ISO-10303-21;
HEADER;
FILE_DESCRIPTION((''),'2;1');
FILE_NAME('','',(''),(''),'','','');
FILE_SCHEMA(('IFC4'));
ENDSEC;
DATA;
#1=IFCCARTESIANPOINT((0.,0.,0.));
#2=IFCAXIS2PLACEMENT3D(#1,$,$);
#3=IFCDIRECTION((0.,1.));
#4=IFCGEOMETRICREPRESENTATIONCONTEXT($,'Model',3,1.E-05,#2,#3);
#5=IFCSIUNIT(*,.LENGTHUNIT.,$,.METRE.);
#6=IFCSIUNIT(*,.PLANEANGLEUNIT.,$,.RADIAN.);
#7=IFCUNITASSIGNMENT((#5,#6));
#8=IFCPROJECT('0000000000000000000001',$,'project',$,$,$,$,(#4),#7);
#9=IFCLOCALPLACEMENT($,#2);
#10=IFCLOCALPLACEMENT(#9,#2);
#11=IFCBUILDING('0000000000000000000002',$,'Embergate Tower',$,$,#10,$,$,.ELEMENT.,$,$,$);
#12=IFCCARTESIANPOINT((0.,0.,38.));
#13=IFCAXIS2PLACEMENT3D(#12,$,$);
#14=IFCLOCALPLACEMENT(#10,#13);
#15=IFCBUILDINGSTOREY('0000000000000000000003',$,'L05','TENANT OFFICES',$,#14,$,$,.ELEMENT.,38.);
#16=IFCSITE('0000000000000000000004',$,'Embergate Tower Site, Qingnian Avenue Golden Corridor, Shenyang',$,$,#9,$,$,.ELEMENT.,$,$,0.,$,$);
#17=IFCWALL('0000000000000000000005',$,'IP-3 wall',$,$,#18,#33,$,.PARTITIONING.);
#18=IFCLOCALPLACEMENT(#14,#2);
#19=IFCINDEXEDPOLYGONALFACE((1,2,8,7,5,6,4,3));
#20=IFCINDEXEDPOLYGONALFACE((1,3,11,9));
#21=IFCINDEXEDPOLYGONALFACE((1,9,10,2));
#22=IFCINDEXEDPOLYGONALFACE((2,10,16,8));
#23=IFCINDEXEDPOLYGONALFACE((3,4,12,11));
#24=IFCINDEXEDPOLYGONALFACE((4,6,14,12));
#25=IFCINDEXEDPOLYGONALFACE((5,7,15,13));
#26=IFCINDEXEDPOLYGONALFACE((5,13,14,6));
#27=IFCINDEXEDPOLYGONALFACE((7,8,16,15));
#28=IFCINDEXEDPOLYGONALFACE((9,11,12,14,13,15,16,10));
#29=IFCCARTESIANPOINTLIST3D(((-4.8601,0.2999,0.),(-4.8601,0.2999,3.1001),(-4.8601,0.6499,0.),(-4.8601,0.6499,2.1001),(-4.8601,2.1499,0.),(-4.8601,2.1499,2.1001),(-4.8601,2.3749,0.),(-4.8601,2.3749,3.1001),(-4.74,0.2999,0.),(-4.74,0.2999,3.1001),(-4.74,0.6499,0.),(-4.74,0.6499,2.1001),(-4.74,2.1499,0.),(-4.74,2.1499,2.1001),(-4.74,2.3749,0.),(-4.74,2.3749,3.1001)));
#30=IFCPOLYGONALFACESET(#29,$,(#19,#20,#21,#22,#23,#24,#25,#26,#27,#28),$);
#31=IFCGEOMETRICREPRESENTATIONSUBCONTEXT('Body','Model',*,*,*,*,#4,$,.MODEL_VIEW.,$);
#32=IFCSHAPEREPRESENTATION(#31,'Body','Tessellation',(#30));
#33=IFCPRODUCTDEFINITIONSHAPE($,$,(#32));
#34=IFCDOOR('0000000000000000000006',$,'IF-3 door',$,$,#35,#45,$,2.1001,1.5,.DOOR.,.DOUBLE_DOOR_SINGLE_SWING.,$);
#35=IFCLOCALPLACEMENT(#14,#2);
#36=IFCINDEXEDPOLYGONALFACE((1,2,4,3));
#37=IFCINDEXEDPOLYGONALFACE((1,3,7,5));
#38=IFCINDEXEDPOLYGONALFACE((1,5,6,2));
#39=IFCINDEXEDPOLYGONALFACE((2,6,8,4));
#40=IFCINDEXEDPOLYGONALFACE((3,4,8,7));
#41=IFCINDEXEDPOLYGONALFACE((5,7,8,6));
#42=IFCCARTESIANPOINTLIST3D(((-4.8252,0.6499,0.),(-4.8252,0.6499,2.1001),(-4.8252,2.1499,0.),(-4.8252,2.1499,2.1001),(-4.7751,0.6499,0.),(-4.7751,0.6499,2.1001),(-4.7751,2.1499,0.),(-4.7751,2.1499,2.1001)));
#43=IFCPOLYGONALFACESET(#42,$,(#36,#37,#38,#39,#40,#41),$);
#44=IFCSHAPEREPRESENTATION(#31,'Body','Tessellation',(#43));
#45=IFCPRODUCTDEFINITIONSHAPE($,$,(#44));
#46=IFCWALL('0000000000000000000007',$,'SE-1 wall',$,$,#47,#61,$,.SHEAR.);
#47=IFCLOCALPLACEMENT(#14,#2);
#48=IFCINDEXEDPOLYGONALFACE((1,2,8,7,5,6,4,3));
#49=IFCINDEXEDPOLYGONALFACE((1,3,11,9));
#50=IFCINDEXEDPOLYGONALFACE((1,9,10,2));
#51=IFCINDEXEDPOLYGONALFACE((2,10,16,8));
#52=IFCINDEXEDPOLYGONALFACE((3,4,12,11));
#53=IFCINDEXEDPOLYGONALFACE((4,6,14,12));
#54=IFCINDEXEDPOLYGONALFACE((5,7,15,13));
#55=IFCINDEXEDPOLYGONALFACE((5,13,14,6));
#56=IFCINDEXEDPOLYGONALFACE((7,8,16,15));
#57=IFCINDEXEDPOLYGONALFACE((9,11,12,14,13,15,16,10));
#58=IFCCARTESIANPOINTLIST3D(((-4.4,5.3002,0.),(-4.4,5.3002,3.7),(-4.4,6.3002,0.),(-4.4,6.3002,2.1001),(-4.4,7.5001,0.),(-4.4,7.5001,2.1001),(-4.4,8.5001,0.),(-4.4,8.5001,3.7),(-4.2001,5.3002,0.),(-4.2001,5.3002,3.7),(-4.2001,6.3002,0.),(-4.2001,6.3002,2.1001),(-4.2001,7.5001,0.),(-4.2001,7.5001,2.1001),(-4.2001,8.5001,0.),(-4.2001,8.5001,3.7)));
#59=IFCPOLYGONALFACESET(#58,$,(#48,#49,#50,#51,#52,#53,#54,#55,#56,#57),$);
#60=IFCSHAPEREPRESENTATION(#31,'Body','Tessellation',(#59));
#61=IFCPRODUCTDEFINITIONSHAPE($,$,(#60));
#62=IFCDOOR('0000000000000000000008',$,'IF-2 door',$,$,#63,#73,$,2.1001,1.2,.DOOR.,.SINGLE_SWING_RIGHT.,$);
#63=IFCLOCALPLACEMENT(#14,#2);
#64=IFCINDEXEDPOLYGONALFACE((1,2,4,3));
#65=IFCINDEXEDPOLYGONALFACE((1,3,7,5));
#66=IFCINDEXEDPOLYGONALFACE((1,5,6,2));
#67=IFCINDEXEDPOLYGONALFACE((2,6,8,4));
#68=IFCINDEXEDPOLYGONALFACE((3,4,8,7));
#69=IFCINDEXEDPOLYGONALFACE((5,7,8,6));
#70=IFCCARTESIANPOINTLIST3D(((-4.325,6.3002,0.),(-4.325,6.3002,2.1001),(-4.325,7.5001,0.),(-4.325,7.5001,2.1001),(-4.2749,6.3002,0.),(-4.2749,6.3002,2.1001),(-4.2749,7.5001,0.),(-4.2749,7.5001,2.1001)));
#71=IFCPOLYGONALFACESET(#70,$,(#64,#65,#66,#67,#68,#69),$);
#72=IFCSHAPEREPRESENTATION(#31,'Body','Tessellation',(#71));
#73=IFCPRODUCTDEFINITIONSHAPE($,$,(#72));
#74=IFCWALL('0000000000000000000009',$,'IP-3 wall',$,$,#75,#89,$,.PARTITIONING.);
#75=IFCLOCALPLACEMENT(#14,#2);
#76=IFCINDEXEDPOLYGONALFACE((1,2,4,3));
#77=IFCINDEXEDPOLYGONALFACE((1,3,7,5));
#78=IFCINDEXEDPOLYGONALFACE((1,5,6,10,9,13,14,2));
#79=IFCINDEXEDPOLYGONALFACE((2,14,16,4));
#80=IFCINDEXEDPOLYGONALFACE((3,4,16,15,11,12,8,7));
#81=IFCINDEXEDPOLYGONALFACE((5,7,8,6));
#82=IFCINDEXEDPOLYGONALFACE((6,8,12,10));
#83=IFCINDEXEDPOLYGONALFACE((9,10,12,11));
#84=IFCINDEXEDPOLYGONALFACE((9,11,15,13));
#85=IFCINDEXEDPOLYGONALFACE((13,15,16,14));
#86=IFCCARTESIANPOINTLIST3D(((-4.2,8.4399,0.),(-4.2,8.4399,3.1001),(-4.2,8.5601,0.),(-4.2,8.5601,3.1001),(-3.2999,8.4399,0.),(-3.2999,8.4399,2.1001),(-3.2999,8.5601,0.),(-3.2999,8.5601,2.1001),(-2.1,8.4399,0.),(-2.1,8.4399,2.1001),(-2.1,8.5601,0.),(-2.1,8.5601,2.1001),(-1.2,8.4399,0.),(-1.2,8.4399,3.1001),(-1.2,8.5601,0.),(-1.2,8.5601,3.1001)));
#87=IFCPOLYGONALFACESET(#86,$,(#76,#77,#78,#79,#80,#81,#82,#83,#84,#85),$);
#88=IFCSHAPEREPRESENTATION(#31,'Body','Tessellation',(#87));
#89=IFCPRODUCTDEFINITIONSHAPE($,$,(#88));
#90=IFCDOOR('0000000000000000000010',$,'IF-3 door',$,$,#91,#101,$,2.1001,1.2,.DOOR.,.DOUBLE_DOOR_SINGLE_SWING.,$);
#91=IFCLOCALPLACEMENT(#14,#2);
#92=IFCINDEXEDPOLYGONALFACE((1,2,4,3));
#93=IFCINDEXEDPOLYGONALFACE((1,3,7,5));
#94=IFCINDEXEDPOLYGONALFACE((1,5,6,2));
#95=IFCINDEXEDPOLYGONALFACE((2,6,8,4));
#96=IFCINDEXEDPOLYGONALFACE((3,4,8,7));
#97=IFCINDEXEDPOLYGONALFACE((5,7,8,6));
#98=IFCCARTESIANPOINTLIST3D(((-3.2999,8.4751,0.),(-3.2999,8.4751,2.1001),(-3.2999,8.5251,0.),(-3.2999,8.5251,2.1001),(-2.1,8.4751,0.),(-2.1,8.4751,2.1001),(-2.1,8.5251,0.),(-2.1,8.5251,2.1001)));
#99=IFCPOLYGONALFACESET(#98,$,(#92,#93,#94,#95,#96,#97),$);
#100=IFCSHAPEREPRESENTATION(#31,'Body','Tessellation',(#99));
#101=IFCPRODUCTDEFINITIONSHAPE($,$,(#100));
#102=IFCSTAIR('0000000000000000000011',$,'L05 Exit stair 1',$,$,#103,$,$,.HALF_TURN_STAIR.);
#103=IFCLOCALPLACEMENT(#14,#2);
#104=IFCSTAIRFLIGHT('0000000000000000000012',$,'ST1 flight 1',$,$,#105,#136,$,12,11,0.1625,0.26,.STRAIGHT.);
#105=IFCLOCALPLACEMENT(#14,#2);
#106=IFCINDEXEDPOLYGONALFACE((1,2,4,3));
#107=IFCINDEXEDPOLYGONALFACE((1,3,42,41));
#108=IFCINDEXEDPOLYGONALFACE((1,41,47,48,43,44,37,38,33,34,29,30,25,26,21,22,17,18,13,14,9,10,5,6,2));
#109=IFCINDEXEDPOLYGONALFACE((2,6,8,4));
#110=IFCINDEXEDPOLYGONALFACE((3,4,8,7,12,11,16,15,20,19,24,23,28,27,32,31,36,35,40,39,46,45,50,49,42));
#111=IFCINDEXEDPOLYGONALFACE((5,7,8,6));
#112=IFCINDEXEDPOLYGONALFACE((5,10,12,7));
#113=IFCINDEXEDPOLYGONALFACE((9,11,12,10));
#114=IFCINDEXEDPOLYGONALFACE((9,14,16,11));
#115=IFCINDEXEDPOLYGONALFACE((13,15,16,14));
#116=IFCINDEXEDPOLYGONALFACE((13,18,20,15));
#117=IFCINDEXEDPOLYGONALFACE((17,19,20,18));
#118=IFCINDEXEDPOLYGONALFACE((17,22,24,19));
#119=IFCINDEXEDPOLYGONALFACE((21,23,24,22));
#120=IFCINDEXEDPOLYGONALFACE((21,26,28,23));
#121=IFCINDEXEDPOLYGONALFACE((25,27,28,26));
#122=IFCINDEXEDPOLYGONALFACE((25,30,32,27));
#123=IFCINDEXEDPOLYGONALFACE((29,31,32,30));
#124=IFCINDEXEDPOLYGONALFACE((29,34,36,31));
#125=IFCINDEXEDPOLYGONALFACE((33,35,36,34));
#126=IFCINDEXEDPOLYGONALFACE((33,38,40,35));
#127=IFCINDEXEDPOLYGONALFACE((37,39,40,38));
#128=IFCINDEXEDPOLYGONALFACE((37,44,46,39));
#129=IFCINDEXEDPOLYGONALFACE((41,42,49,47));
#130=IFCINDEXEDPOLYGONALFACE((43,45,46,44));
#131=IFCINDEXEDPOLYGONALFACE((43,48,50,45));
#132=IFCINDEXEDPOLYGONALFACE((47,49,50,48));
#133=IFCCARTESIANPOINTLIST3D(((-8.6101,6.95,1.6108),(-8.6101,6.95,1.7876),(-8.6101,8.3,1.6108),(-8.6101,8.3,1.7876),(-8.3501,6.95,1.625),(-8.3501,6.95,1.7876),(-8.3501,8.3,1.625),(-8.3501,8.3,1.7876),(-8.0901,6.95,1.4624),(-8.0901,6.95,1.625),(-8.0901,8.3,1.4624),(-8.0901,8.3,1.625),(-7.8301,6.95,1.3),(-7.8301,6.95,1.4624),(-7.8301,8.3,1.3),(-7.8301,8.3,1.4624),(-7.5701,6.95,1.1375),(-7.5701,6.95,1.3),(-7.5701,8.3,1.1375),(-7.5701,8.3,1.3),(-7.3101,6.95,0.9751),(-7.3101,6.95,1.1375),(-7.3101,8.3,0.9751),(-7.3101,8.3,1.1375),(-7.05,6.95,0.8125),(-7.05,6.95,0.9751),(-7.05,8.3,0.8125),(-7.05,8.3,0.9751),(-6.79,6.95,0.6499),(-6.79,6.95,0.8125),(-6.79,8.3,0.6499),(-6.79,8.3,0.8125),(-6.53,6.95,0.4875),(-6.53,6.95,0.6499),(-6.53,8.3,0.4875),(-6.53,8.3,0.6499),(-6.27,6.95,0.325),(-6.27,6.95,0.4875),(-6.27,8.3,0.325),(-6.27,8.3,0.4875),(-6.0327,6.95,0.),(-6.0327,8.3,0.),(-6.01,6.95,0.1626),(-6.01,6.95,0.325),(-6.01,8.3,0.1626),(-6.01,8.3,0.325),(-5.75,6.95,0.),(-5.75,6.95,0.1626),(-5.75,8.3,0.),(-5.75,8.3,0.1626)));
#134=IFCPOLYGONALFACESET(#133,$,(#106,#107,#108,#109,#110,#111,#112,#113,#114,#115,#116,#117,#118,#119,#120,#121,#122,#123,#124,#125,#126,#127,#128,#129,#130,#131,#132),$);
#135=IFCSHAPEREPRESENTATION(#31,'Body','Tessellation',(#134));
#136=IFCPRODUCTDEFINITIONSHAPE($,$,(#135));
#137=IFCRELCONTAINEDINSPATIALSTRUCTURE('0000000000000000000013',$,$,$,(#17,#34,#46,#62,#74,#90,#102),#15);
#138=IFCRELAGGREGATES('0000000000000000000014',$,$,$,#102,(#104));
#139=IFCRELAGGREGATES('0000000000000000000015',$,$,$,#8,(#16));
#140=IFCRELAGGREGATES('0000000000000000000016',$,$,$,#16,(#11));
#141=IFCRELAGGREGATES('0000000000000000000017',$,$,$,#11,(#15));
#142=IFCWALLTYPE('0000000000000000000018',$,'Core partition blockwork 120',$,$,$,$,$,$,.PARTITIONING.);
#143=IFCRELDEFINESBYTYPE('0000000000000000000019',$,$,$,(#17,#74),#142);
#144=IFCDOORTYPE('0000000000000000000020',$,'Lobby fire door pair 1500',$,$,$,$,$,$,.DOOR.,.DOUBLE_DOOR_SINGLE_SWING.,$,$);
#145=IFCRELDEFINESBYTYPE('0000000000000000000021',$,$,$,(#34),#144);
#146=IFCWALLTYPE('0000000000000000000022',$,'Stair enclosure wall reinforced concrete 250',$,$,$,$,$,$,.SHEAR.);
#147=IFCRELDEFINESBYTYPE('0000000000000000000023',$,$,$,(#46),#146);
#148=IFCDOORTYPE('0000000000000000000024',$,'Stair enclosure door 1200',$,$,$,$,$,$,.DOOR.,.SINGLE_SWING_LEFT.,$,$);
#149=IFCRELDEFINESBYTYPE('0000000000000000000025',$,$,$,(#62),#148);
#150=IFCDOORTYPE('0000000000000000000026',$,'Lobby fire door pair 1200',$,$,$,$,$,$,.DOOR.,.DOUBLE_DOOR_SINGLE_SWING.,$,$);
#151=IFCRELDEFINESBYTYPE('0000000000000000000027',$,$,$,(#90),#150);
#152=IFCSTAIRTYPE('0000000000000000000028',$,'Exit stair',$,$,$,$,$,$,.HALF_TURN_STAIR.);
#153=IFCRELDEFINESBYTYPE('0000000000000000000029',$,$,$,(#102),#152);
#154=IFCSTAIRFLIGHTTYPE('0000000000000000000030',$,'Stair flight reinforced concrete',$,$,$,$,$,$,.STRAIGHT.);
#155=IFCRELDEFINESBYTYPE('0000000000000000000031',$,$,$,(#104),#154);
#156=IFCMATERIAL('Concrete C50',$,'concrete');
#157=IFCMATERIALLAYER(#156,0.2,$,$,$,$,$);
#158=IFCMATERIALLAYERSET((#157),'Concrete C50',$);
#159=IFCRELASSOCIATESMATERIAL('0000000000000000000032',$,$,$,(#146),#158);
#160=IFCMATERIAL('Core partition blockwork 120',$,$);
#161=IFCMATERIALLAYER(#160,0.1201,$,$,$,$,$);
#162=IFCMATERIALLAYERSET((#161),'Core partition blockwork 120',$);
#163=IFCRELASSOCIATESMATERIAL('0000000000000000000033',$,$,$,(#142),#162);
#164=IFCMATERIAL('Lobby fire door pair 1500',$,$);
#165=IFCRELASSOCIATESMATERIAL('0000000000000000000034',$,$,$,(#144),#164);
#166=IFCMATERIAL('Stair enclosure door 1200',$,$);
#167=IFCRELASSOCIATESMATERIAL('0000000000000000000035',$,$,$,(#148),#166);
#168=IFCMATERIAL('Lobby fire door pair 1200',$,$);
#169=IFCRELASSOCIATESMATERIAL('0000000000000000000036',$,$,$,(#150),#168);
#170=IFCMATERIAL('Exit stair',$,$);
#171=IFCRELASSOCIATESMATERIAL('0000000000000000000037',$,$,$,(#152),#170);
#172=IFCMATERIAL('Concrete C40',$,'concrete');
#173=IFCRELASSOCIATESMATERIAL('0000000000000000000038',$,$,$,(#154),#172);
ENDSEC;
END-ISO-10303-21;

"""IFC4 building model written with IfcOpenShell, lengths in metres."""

from ifc_helpers import new_model, si_unit, direction, frame, frame_2d, origin, place, context, subcontext, project, spatial, polyline, rectangle, outline, extrude, source, transform, mapped, material, layer, layer_set, type_object, element, fill, aggregate, save


model = new_model("IFC4")

# Units and contexts
model_context = context("Model", 3, precision=1e-05, world=origin(), true_north=direction((0.0, 1.0)))
body_context = subcontext(model_context, "Body", "Model", "MODEL_VIEW")
ifc_project = project(units=[si_unit("LENGTHUNIT", "METRE"), si_unit("PLANEANGLEUNIT", "RADIAN")], contexts=[model_context])

# Site, building, storey
site_placement = place(None, origin())
site = spatial("IfcSite", under=ifc_project, at=site_placement, Name="Embergate Tower Site, Qingnian Avenue Golden Corridor, Shenyang", CompositionType="ELEMENT", RefElevation=0.0)
building_placement = place(site_placement, origin())
building = spatial("IfcBuilding", under=site, at=building_placement, Name="Embergate Tower", CompositionType="ELEMENT")
storey_placement = place(building_placement, frame((0.0, 0.0, 38.0)))
storey = spatial("IfcBuildingStorey", under=building, at=storey_placement, Name="L05", Description="TENANT OFFICES", CompositionType="ELEMENT", Elevation=38.0)

# Shared definitions
ifc_material_1 = material(Name="Concrete C50", Category="concrete")
ifc_layer_1 = layer(ifc_material_1, 0.2)
ifc_layer_set_1 = layer_set([ifc_layer_1], Name="Concrete C50")
wall_type_1 = type_object("IfcWallType", Name="Stair enclosure wall reinforced concrete 250", PredefinedType="SHEAR", material=ifc_layer_set_1)
ifc_material_2 = material(Name="Core partition blockwork 120")
ifc_layer_2 = layer(ifc_material_2, 0.1201)
ifc_layer_set_2 = layer_set([ifc_layer_2], Name="Core partition blockwork 120")
wall_type_2 = type_object("IfcWallType", Name="Core partition blockwork 120", PredefinedType="PARTITIONING", material=ifc_layer_set_2)

# Walls, openings, doors
shared_shape_1 = source(origin(), body_context, "Body", "SweptSolid", [
    extrude(rectangle(XDim=2.075, YDim=0.1201, at=frame_2d((1.0376, 0.0))), origin(), (0.0, 0.0, 1.0), 3.1001),
])
wall_1_placement = place(storey_placement, frame((-4.8, 2.375, 0.0), z_axis=(0.0, 0.0, 1.0), x_axis=(0.0, -1.0, 0.0)))
wall_1 = element("IfcWall", 1, at=wall_1_placement, inside=storey, type_object=wall_type_2, Name="IP-3 wall", PredefinedType="PARTITIONING", context=body_context, shape_type="MappedRepresentation", body=[
    mapped(shared_shape_1, transform((0.0, 0.0, 0.0))),
])
shared_shape_2 = source(origin(), body_context, "Body", "SweptSolid", [
    extrude(rectangle(XDim=1.5, YDim=2.1001, at=frame_2d((0.75, 1.05))), frame((0.0, 0.0701, 0.0), z_axis=(0.0, -1.0, 0.0), x_axis=(1.0, 0.0, 0.0)), (0.0, 0.0, 1.0), 0.1401),
])
opening_1_placement = place(wall_1_placement, frame((0.2251, 0.0, 0.0)))
opening_1 = element("IfcOpeningElement", 2, at=opening_1_placement, cuts=wall_1, PredefinedType="OPENING", context=body_context, shape_type="MappedRepresentation", body=[
    mapped(shared_shape_2, transform((0.0, 0.0, 0.0))),
])
ifc_material_3 = material(Name="Lobby fire door pair 1500")
door_type_1 = type_object("IfcDoorType", Name="Lobby fire door pair 1500", OperationType="DOUBLE_DOOR_SINGLE_SWING", PredefinedType="DOOR", material=ifc_material_3)
shared_shape_3 = source(origin(), body_context, "Body", "SweptSolid", [
    extrude(rectangle(XDim=1.5, YDim=2.1001, at=frame_2d((0.75, 1.05))), frame((0.0, 0.0249, 0.0), z_axis=(0.0, -1.0, 0.0), x_axis=(1.0, 0.0, 0.0)), (0.0, 0.0, 1.0), 0.05),
])
door_1_placement = place(opening_1_placement, origin())
door_1 = element("IfcDoor", 3, at=door_1_placement, inside=storey, type_object=door_type_1, Name="IF-3 door", OperationType="DOUBLE_DOOR_SINGLE_SWING", OverallHeight=2.1001, OverallWidth=1.5, PredefinedType="DOOR", context=body_context, shape_type="MappedRepresentation", body=[
    mapped(shared_shape_3, transform((0.0, 0.0, 0.0))),
])
fill(opening_1, door_1)
shared_shape_4 = source(origin(), body_context, "Body", "SweptSolid", [
    extrude(rectangle(XDim=3.2, YDim=0.2, at=frame_2d((1.6001, 0.0))), origin(), (0.0, 0.0, 1.0), 3.7),
])
wall_2_placement = place(storey_placement, frame((-4.3, 5.3, 0.0), z_axis=(0.0, 0.0, 1.0), x_axis=(0.0, 1.0, 0.0)))
wall_2 = element("IfcWall", 4, at=wall_2_placement, inside=storey, type_object=wall_type_1, Name="SE-1 wall", PredefinedType="SHEAR", context=body_context, shape_type="MappedRepresentation", body=[
    mapped(shared_shape_4, transform((0.0, 0.0, 0.0))),
])
shared_shape_5 = source(origin(), body_context, "Body", "SweptSolid", [
    extrude(rectangle(XDim=1.2, YDim=2.1001, at=frame_2d((0.6001, 1.05))), frame((0.0, 0.1099, 0.0), z_axis=(0.0, -1.0, 0.0), x_axis=(1.0, 0.0, 0.0)), (0.0, 0.0, 1.0), 0.22),
])
opening_2_placement = place(wall_2_placement, frame((1.0, 0.0, 0.0)))
opening_2 = element("IfcOpeningElement", 5, at=opening_2_placement, cuts=wall_2, PredefinedType="OPENING", context=body_context, shape_type="MappedRepresentation", body=[
    mapped(shared_shape_5, transform((0.0, 0.0, 0.0))),
])
ifc_material_4 = material(Name="Stair enclosure door 1200")
door_type_2 = type_object("IfcDoorType", Name="Stair enclosure door 1200", OperationType="SINGLE_SWING_LEFT", PredefinedType="DOOR", material=ifc_material_4)
shared_shape_6 = source(origin(), body_context, "Body", "SweptSolid", [
    extrude(rectangle(XDim=1.2, YDim=2.1001, at=frame_2d((0.6001, 1.05))), frame((0.0, 0.0249, 0.0), z_axis=(0.0, -1.0, 0.0), x_axis=(1.0, 0.0, 0.0)), (0.0, 0.0, 1.0), 0.05),
])
door_2_placement = place(opening_2_placement, origin())
door_2 = element("IfcDoor", 6, at=door_2_placement, inside=storey, type_object=door_type_2, Name="IF-2 door", OperationType="SINGLE_SWING_RIGHT", OverallHeight=2.1001, OverallWidth=1.2, PredefinedType="DOOR", context=body_context, shape_type="MappedRepresentation", body=[
    mapped(shared_shape_6, transform((0.0, 0.0, 0.0))),
])
fill(opening_2, door_2)
shared_shape_7 = source(origin(), body_context, "Body", "SweptSolid", [
    extrude(rectangle(XDim=3.0, YDim=0.1201, at=frame_2d((1.5, 0.0))), origin(), (0.0, 0.0, 1.0), 3.1001),
])
wall_3_placement = place(storey_placement, frame((-1.2, 8.5, 0.0), z_axis=(0.0, 0.0, 1.0), x_axis=(-1.0, 0.0, 0.0)))
wall_3 = element("IfcWall", 7, at=wall_3_placement, inside=storey, type_object=wall_type_2, Name="IP-3 wall", PredefinedType="PARTITIONING", context=body_context, shape_type="MappedRepresentation", body=[
    mapped(shared_shape_7, transform((0.0, 0.0, 0.0))),
])
shared_shape_8 = source(origin(), body_context, "Body", "SweptSolid", [
    extrude(rectangle(XDim=1.2, YDim=2.1001, at=frame_2d((0.6001, 1.05))), frame((0.0, 0.0701, 0.0), z_axis=(0.0, -1.0, 0.0), x_axis=(1.0, 0.0, 0.0)), (0.0, 0.0, 1.0), 0.1401),
])
opening_3_placement = place(wall_3_placement, frame((0.8999, 0.0, 0.0)))
opening_3 = element("IfcOpeningElement", 8, at=opening_3_placement, cuts=wall_3, PredefinedType="OPENING", context=body_context, shape_type="MappedRepresentation", body=[
    mapped(shared_shape_8, transform((0.0, 0.0, 0.0))),
])
ifc_material_5 = material(Name="Lobby fire door pair 1200")
door_type_3 = type_object("IfcDoorType", Name="Lobby fire door pair 1200", OperationType="DOUBLE_DOOR_SINGLE_SWING", PredefinedType="DOOR", material=ifc_material_5)
door_3_placement = place(opening_3_placement, origin())
door_3 = element("IfcDoor", 9, at=door_3_placement, inside=storey, type_object=door_type_3, Name="IF-3 door", OperationType="DOUBLE_DOOR_SINGLE_SWING", OverallHeight=2.1001, OverallWidth=1.2, PredefinedType="DOOR", context=body_context, shape_type="MappedRepresentation", body=[
    mapped(shared_shape_6, transform((0.0, 0.0, 0.0))),
])
fill(opening_3, door_3)

# Stair, stair flight
ifc_material_6 = material(Name="Exit stair")
stair_type = type_object("IfcStairType", Name="Exit stair", PredefinedType="HALF_TURN_STAIR", material=ifc_material_6)
stair_placement = place(storey_placement, origin())
stair = element("IfcStair", 10, at=stair_placement, inside=storey, type_object=stair_type, Name="L05 Exit stair 1", PredefinedType="HALF_TURN_STAIR")
ifc_material_7 = material(Name="Concrete C40", Category="concrete")
stair_flight_type = type_object("IfcStairFlightType", Name="Stair flight reinforced concrete", PredefinedType="STRAIGHT", material=ifc_material_7)
shared_shape_9 = source(origin(), body_context, "Body", "SweptSolid", [
    extrude(outline(polyline([(0.0, 0.0), (0.0, 0.1626), (0.26, 0.1626), (0.26, 0.325), (0.52, 0.325), (0.52, 0.4875), (0.78, 0.4875), (0.78, 0.6499), (1.04, 0.6499), (1.04, 0.8125), (1.3, 0.8125), (1.3, 0.9751), (1.5601, 0.9751), (1.5601, 1.1375), (1.8201, 1.1375), (1.8201, 1.3), (2.0801, 1.3), (2.0801, 1.4624), (2.3401, 1.4624), (2.3401, 1.625), (2.6001, 1.625), (2.6001, 1.7876), (2.8601, 1.7876), (2.8601, 1.95), (2.8601, 1.6108), (0.2827, 0.0), (0.0, 0.0)])), frame((0.0, 0.675, 0.0), z_axis=(0.0, -1.0, 0.0), x_axis=(1.0, 0.0, 0.0)), (0.0, 0.0, 1.0), 1.3501),
])
stair_flight_placement = place(storey_placement, frame((-5.75, 7.625, 0.0), z_axis=(0.0, 0.0, 1.0), x_axis=(-1.0, 0.0, 0.0)))
stair_flight = element("IfcStairFlight", 11, at=stair_flight_placement, type_object=stair_flight_type, Name="ST1 flight 1", NumberOfRisers=12, NumberOfTreads=11, PredefinedType="STRAIGHT", RiserHeight=0.1625, TreadLength=0.26, context=body_context, shape_type="MappedRepresentation", body=[
    mapped(shared_shape_9, transform((0.0, 0.0, 0.0))),
])
aggregate(stair, [stair_flight])

save(model, "model.ifc")
